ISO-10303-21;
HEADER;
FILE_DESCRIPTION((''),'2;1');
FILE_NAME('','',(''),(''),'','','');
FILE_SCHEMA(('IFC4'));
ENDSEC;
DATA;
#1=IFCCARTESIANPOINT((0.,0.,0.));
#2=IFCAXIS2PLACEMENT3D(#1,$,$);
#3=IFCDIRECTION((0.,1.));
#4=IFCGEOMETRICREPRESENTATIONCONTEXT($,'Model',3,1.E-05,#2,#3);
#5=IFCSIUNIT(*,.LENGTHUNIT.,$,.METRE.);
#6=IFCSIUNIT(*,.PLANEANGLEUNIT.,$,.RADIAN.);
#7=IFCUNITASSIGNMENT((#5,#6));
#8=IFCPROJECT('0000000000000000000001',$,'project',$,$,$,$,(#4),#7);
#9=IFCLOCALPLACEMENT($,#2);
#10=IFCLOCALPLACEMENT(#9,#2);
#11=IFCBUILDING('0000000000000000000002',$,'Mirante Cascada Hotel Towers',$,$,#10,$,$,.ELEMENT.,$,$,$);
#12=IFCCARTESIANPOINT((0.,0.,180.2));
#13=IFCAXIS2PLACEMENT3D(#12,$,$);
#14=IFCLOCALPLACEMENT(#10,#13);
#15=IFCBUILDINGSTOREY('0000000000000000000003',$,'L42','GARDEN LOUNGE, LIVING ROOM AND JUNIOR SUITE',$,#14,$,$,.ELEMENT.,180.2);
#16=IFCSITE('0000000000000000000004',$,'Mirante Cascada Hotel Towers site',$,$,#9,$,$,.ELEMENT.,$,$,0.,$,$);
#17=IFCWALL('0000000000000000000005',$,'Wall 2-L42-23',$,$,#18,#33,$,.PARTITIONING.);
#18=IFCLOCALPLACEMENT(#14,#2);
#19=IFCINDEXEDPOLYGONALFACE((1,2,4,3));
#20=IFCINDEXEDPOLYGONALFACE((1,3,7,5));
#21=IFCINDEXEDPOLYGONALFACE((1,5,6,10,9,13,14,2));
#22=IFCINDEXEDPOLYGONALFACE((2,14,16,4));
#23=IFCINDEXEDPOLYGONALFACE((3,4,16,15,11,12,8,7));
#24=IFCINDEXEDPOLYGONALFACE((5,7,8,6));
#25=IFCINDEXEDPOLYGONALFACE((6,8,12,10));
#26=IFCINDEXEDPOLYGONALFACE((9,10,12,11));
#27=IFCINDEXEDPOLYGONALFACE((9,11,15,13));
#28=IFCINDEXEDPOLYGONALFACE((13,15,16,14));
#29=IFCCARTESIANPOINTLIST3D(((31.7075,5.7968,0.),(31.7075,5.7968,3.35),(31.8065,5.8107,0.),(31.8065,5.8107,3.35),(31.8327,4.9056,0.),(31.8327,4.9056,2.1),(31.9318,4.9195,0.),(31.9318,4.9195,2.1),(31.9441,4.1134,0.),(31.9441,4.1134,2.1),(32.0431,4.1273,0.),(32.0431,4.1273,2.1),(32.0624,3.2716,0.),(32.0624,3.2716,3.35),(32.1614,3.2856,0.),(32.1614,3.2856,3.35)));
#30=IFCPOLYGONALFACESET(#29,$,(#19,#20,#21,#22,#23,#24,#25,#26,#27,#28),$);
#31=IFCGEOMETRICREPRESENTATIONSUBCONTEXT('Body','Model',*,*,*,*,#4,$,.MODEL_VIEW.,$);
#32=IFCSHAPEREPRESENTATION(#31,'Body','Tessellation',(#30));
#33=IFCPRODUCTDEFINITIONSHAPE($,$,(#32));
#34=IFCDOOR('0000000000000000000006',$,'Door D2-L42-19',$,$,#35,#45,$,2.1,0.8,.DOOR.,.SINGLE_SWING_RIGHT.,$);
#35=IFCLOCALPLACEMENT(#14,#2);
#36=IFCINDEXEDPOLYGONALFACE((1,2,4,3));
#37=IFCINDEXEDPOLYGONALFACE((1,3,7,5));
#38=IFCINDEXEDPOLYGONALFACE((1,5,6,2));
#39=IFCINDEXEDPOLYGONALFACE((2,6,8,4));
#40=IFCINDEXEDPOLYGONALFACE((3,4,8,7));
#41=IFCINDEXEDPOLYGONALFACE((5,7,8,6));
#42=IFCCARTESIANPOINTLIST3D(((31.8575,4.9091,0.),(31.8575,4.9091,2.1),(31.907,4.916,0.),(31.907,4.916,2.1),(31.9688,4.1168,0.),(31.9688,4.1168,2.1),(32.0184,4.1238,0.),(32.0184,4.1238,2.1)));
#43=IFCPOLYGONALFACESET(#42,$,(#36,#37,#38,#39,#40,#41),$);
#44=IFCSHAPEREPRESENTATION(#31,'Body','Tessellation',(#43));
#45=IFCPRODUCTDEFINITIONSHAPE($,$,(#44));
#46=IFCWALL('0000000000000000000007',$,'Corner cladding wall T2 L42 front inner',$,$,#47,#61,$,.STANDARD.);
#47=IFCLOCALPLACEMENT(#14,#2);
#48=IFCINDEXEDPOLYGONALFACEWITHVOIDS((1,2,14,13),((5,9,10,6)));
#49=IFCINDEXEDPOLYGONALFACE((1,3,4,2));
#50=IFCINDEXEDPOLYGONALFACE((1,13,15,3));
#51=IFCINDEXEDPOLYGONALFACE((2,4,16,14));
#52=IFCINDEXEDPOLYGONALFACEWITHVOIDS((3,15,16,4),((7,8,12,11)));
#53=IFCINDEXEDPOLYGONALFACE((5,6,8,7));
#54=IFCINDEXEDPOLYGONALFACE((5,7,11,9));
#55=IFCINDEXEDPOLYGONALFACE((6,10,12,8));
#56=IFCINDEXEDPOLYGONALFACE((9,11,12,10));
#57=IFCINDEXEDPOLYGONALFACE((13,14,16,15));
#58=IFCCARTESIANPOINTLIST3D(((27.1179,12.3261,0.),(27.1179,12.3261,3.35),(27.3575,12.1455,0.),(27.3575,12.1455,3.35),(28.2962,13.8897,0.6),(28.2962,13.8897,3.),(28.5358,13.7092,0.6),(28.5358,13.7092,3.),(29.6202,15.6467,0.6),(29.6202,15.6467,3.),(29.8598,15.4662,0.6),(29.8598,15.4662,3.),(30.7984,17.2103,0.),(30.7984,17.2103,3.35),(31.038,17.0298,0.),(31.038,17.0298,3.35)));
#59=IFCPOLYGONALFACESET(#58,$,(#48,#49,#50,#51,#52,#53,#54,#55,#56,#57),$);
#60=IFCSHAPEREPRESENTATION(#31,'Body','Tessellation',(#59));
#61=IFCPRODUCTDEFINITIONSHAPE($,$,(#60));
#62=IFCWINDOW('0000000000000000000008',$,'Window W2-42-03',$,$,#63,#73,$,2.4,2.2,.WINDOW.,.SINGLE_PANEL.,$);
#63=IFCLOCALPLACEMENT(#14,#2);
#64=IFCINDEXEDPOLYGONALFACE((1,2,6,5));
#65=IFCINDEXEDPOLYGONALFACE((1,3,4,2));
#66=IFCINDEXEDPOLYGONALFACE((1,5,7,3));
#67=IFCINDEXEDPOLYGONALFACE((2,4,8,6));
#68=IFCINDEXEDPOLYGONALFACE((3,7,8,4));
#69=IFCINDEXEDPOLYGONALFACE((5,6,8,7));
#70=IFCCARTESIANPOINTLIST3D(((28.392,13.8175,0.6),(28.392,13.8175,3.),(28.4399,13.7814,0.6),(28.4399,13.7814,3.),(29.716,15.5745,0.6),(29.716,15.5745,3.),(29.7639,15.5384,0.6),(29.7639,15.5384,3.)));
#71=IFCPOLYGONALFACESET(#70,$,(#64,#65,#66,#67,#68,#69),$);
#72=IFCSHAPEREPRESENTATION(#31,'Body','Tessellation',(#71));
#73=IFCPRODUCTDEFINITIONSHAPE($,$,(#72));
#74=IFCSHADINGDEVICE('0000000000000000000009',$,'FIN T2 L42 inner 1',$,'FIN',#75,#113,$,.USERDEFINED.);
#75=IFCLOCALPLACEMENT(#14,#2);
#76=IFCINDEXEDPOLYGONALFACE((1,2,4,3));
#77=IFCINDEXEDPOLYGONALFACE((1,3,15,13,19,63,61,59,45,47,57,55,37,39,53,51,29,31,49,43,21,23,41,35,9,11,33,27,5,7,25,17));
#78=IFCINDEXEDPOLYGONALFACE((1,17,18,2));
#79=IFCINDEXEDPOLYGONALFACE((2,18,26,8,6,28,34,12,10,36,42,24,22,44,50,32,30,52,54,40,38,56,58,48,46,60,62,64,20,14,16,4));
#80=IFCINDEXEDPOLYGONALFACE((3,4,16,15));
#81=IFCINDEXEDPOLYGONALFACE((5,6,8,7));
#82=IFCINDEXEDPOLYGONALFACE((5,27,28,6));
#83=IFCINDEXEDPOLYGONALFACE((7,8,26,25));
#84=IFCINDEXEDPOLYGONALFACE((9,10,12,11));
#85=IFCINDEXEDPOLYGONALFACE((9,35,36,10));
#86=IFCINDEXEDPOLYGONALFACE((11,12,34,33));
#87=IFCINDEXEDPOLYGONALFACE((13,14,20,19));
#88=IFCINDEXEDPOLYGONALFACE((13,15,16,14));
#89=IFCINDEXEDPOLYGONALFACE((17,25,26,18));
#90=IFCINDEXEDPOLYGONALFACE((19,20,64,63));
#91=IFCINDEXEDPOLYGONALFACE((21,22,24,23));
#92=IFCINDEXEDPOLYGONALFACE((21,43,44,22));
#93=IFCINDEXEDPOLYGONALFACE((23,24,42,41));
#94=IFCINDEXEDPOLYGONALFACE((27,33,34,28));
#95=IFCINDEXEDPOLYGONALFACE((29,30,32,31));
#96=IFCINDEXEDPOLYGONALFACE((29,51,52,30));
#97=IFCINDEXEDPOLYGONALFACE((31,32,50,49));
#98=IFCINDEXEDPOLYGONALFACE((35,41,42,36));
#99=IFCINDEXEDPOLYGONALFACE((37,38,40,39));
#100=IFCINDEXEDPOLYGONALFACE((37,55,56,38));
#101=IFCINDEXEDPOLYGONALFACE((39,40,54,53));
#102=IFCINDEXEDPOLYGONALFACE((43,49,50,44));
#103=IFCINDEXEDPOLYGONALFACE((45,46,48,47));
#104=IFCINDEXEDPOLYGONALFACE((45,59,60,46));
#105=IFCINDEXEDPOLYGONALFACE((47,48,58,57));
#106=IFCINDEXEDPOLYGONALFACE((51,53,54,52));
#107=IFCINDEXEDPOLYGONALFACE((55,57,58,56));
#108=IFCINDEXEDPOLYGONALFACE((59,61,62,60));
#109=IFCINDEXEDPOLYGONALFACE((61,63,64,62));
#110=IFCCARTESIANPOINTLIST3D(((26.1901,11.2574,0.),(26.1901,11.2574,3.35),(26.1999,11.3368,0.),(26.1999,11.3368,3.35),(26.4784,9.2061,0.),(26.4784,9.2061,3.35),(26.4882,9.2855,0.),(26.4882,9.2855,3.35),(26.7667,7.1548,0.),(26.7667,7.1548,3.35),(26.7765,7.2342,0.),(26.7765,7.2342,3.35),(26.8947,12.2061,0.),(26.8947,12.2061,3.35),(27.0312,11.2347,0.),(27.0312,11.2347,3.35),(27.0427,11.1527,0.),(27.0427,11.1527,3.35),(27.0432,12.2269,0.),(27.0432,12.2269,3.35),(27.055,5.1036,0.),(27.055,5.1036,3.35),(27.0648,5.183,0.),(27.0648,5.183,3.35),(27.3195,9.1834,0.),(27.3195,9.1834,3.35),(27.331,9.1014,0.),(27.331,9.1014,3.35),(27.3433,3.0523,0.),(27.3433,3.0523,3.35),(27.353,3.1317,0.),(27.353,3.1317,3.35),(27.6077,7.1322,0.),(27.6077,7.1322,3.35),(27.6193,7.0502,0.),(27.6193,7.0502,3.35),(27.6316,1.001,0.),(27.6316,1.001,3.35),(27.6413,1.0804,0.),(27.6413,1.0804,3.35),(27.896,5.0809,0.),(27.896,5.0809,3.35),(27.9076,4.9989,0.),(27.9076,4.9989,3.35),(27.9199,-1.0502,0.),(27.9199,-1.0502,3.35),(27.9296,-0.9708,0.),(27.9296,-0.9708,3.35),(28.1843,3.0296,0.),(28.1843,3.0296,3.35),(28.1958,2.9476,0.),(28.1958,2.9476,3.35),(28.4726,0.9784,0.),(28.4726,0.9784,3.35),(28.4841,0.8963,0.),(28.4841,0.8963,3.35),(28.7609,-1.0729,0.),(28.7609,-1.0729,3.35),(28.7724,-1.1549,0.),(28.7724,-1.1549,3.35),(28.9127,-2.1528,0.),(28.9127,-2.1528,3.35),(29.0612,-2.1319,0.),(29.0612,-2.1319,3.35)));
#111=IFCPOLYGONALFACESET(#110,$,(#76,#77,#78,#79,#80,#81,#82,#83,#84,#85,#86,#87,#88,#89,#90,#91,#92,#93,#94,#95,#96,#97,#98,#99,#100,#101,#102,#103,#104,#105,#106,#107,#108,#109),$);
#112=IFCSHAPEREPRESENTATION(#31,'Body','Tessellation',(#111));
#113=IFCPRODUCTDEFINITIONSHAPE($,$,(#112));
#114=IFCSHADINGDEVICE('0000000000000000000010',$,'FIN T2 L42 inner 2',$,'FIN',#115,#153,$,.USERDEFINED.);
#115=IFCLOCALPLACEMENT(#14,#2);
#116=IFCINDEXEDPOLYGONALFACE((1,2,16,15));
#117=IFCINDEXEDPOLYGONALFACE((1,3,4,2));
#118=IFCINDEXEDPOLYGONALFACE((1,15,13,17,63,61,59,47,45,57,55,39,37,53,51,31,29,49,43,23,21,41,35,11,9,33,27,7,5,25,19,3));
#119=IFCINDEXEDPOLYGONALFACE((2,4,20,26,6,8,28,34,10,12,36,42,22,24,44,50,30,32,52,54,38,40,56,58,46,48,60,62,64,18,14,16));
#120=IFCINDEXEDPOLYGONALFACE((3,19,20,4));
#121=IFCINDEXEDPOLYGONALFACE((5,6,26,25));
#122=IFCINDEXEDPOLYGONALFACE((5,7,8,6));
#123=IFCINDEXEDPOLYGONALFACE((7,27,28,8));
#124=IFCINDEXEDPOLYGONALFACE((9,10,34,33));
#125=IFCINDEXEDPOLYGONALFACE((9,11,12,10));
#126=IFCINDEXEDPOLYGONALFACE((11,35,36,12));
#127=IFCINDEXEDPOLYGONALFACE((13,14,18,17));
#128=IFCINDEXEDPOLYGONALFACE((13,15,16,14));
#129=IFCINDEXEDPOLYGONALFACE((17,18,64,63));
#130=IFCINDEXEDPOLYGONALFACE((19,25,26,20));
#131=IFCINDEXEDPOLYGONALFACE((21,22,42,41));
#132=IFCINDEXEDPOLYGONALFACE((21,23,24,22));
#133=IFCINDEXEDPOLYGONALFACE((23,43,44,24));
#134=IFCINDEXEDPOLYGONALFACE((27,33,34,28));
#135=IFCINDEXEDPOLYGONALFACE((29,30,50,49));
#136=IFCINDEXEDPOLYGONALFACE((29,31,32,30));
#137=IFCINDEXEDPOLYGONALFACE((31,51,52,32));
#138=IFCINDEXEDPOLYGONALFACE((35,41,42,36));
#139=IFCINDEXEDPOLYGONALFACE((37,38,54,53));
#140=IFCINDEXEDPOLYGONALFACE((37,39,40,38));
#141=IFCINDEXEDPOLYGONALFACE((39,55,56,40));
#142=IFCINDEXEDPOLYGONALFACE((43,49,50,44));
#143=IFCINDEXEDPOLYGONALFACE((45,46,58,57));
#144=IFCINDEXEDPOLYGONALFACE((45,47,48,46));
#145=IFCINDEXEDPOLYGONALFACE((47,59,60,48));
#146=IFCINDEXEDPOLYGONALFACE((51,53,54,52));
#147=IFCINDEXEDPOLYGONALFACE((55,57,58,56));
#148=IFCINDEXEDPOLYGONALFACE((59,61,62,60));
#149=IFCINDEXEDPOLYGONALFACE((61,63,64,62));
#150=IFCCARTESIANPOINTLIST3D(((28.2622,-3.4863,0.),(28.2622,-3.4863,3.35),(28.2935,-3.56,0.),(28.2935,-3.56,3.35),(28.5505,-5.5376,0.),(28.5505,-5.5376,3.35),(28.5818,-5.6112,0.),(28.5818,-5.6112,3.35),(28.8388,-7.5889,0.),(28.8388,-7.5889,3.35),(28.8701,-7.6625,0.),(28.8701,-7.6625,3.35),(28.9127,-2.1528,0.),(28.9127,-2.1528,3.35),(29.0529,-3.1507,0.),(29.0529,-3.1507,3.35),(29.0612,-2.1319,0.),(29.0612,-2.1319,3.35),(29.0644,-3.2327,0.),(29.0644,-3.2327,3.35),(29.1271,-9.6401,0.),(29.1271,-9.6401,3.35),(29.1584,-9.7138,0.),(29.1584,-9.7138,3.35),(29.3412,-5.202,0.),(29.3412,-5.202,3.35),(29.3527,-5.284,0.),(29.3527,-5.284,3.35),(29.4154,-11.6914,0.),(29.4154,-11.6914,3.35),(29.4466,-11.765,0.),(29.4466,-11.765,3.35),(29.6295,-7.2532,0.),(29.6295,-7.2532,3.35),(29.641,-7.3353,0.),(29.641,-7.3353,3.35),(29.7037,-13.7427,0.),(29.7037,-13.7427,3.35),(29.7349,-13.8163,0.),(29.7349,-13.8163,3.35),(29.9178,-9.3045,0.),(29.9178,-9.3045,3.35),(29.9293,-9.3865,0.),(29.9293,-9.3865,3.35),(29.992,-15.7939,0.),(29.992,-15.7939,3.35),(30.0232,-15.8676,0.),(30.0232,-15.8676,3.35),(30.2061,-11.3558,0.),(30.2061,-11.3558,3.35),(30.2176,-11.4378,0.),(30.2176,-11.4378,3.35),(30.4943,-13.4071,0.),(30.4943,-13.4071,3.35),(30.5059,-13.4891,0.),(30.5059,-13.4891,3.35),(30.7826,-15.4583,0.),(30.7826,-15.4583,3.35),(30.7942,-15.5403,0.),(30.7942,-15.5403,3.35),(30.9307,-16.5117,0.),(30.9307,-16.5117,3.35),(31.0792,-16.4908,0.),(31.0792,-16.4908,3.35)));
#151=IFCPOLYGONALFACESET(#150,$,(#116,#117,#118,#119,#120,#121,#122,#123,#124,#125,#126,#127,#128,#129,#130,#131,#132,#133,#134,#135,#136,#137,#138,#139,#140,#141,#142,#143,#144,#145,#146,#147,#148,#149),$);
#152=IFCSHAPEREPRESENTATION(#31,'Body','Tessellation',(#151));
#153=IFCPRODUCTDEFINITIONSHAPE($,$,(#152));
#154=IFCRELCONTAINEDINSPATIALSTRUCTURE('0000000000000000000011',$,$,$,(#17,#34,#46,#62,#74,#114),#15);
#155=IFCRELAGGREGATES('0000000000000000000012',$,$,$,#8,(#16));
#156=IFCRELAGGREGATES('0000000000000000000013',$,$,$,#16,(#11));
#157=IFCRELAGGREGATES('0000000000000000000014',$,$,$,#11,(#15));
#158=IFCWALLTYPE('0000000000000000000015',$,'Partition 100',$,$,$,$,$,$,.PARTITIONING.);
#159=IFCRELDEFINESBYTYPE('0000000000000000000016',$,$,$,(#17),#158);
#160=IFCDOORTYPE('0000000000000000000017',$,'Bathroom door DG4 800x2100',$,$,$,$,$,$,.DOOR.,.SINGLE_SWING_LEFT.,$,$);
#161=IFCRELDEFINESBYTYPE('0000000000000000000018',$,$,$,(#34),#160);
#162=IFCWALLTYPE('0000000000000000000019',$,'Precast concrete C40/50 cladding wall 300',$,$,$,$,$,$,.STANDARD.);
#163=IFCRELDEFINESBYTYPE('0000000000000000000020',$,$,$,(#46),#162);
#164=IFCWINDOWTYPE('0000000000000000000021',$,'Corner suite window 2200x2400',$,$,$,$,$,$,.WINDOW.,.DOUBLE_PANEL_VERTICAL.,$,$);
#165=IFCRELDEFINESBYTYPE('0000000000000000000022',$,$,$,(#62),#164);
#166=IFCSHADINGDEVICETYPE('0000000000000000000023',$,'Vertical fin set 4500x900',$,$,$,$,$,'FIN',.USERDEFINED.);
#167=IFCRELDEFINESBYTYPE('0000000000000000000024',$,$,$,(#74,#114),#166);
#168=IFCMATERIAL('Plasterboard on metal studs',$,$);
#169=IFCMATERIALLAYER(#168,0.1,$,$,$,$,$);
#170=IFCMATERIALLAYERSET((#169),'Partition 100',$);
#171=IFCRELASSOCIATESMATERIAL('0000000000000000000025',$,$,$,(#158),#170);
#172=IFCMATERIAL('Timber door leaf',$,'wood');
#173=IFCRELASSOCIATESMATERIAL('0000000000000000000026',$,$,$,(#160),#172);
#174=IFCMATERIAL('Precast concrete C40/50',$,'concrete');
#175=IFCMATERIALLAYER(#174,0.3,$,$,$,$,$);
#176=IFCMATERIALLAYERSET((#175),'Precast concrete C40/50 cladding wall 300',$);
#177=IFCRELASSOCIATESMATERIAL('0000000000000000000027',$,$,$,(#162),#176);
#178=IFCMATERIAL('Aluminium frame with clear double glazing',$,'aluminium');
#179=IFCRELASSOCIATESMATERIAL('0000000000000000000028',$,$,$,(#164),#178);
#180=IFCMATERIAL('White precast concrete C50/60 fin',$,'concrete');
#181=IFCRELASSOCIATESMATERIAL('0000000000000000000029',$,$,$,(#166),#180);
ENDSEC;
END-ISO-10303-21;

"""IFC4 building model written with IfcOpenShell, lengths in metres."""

from ifc_helpers import new_model, si_unit, direction, frame, frame_2d, origin, place, context, subcontext, project, spatial, polyline, rectangle, outline, extrude, material, layer, layer_set, type_object, element, fill, save


model = new_model("IFC4")

# Units and contexts
model_context = context("Model", 3, precision=1e-05, world=origin(), true_north=direction((0.0, 1.0)))
body_context = subcontext(model_context, "Body", "Model", "MODEL_VIEW")
ifc_project = project(units=[si_unit("LENGTHUNIT", "METRE"), si_unit("PLANEANGLEUNIT", "RADIAN")], contexts=[model_context])

# Site, building, storey
site_placement = place(None, origin())
site = spatial("IfcSite", under=ifc_project, at=site_placement, Name="Mirante Cascada Hotel Towers site", CompositionType="ELEMENT", RefElevation=0.0)
building_placement = place(site_placement, origin())
building = spatial("IfcBuilding", under=site, at=building_placement, Name="Mirante Cascada Hotel Towers", CompositionType="ELEMENT")
storey_placement = place(building_placement, frame((0.0, 0.0, 180.2)))
storey = spatial("IfcBuildingStorey", under=building, at=storey_placement, Name="L42", Description="GARDEN LOUNGE, LIVING ROOM AND JUNIOR SUITE", CompositionType="ELEMENT", Elevation=180.2)

# Shared definitions
ifc_material_1 = material(Name="Plasterboard on metal studs")
ifc_layer_1 = layer(ifc_material_1, 0.1)
ifc_layer_set_1 = layer_set([ifc_layer_1], Name="Partition 100")
wall_type_1 = type_object("IfcWallType", Name="Partition 100", PredefinedType="PARTITIONING", material=ifc_layer_set_1)

# Wall, opening, door
wall_1_placement = place(storey_placement, frame((32.1119, 3.2786, 0.0), z_axis=(0.0, 0.0, 1.0), x_axis=(-0.139176, 0.990268, 0.0)))
wall_1 = element("IfcWall", 1, at=wall_1_placement, inside=storey, type_object=wall_type_1, Name="Wall 2-L42-23", PredefinedType="PARTITIONING", context=body_context, shape_type="SweptSolid", body=[
    extrude(rectangle(XDim=2.55, YDim=0.1, at=frame_2d((1.275, 0.0))), origin(), (0.0, 0.0, 1.0), 3.35),
])
opening_1_placement = place(wall_1_placement, frame((0.85, 0.0, 0.0)))
opening_1 = element("IfcOpeningElement", 2, at=opening_1_placement, cuts=wall_1, PredefinedType="OPENING", context=body_context, shape_type="SweptSolid", body=[
    extrude(rectangle(XDim=0.8, YDim=2.1, at=frame_2d((0.4, 1.05))), frame((0.0, 0.05, 0.0), z_axis=(0.0, -1.0, 0.0), x_axis=(1.0, 0.0, 0.0)), (0.0, 0.0, 1.0), 0.1),
])
ifc_material_2 = material(Name="Timber door leaf", Category="wood")
door_type_1 = type_object("IfcDoorType", Name="Bathroom door DG4 800x2100", OperationType="SINGLE_SWING_LEFT", PredefinedType="DOOR", material=ifc_material_2)
door_1_placement = place(opening_1_placement, frame((0.8, 0.0, 0.0), z_axis=(0.0, 0.0, 1.0), x_axis=(-1.0, 0.0, 0.0)))
door_1 = element("IfcDoor", 3, at=door_1_placement, inside=storey, type_object=door_type_1, Name="Door D2-L42-19", OperationType="SINGLE_SWING_RIGHT", OverallHeight=2.1, OverallWidth=0.8, PredefinedType="DOOR", context=body_context, shape_type="SweptSolid", body=[
    extrude(rectangle(XDim=0.8, YDim=2.1, at=frame_2d((0.4, 1.05))), frame((0.0, 0.025, 0.0), z_axis=(0.0, -1.0, 0.0), x_axis=(1.0, 0.0, 0.0)), (0.0, 0.0, 1.0), 0.05),
])
fill(opening_1, door_1)

# Wall, opening, window
ifc_material_3 = material(Name="Precast concrete C40/50", Category="concrete")
ifc_layer_2 = layer(ifc_material_3, 0.3)
ifc_layer_set_2 = layer_set([ifc_layer_2], Name="Precast concrete C40/50 cladding wall 300")
wall_type_2 = type_object("IfcWallType", Name="Precast concrete C40/50 cladding wall 300", PredefinedType="STANDARD", material=ifc_layer_set_2)
wall_2_placement = place(storey_placement, frame((30.9182, 17.12, 0.0), z_axis=(0.0, 0.0, 1.0), x_axis=(-0.601814, -0.798636, 0.0)))
wall_2 = element("IfcWall", 4, at=wall_2_placement, inside=storey, type_object=wall_type_2, Name="Corner cladding wall T2 L42 front inner", PredefinedType="STANDARD", context=body_context, shape_type="SweptSolid", body=[
    extrude(rectangle(XDim=6.1157, YDim=0.3, at=frame_2d((3.0578, 0.0))), origin(), (0.0, 0.0, 1.0), 3.35),
])
opening_2_placement = place(wall_2_placement, frame((1.9578, 0.0, 0.6)))
opening_2 = element("IfcOpeningElement", 5, at=opening_2_placement, cuts=wall_2, PredefinedType="OPENING", context=body_context, shape_type="SweptSolid", body=[
    extrude(rectangle(XDim=2.2, YDim=2.4, at=frame_2d((1.1, 1.2))), frame((0.0, 0.15, 0.0), z_axis=(0.0, -1.0, 0.0), x_axis=(1.0, 0.0, 0.0)), (0.0, 0.0, 1.0), 0.3),
])
ifc_material_4 = material(Name="Aluminium frame with clear double glazing", Category="aluminium")
window_type = type_object("IfcWindowType", Name="Corner suite window 2200x2400", PartitioningType="DOUBLE_PANEL_VERTICAL", PredefinedType="WINDOW", material=ifc_material_4)
window_placement = place(opening_2_placement, origin())
window = element("IfcWindow", 6, at=window_placement, inside=storey, type_object=window_type, Name="Window W2-42-03", OverallHeight=2.4, OverallWidth=2.2, PartitioningType="SINGLE_PANEL", PredefinedType="WINDOW", context=body_context, shape_type="SweptSolid", body=[
    extrude(rectangle(XDim=2.2, YDim=2.4, at=frame_2d((1.1, 1.2))), frame((0.0, 0.03, 0.0), z_axis=(0.0, -1.0, 0.0), x_axis=(1.0, 0.0, 0.0)), (0.0, 0.0, 1.0), 0.06),
])
fill(opening_2, window)

# Shading devices
ifc_material_5 = material(Name="White precast concrete C50/60 fin", Category="concrete")
shading_device_type = type_object("IfcShadingDeviceType", Name="Vertical fin set 4500x900", ElementType="FIN", PredefinedType="USERDEFINED", material=ifc_material_5)
shading_device_1_placement = place(storey_placement, origin())
element("IfcShadingDevice", 7, at=shading_device_1_placement, inside=storey, type_object=shading_device_type, Name="FIN T2 L42 inner 1", ObjectType="FIN", PredefinedType="USERDEFINED", context=body_context, shape_type="SweptSolid", body=[
    extrude(outline(polyline([(27.9296, -0.9708), (28.7609, -1.0729), (28.4841, 0.8963), (27.6316, 1.001), (27.6413, 1.0804), (28.4726, 0.9784), (28.1958, 2.9476), (27.3433, 3.0523), (27.353, 3.1317), (28.1843, 3.0296), (27.9076, 4.9989), (27.055, 5.1036), (27.0648, 5.183), (27.896, 5.0809), (27.6193, 7.0502), (26.7667, 7.1548), (26.7765, 7.2342), (27.6077, 7.1322), (27.331, 9.1014), (26.4784, 9.2061), (26.4882, 9.2855), (27.3195, 9.1834), (27.0427, 11.1527), (26.1901, 11.2574), (26.1999, 11.3368), (27.0312, 11.2347), (26.8947, 12.2061), (27.0432, 12.2269), (29.0612, -2.1319), (28.9127, -2.1528), (28.7724, -1.1549), (27.9199, -1.0502), (27.9296, -0.9708)])), origin(), (0.0, 0.0, 1.0), 3.35),
])
shading_device_2_placement = place(storey_placement, origin())
element("IfcShadingDevice", 8, at=shading_device_2_placement, inside=storey, type_object=shading_device_type, Name="FIN T2 L42 inner 2", ObjectType="FIN", PredefinedType="USERDEFINED", context=body_context, shape_type="SweptSolid", body=[
    extrude(outline(polyline([(29.992, -15.7939), (30.7826, -15.4583), (30.5059, -13.4891), (29.7349, -13.8163), (29.7037, -13.7427), (30.4943, -13.4071), (30.2176, -11.4378), (29.4466, -11.765), (29.4154, -11.6914), (30.2061, -11.3558), (29.9293, -9.3865), (29.1584, -9.7138), (29.1271, -9.6401), (29.9178, -9.3045), (29.641, -7.3353), (28.8701, -7.6625), (28.8388, -7.5889), (29.6295, -7.2532), (29.3527, -5.284), (28.5818, -5.6112), (28.5505, -5.5376), (29.3412, -5.202), (29.0644, -3.2327), (28.2935, -3.56), (28.2622, -3.4863), (29.0529, -3.1507), (28.9127, -2.1528), (29.0612, -2.1319), (31.0792, -16.4908), (30.9307, -16.5117), (30.7942, -15.5403), (30.0232, -15.8676), (29.992, -15.7939)])), origin(), (0.0, 0.0, 1.0), 3.35),
])

save(model, "model.ifc")
